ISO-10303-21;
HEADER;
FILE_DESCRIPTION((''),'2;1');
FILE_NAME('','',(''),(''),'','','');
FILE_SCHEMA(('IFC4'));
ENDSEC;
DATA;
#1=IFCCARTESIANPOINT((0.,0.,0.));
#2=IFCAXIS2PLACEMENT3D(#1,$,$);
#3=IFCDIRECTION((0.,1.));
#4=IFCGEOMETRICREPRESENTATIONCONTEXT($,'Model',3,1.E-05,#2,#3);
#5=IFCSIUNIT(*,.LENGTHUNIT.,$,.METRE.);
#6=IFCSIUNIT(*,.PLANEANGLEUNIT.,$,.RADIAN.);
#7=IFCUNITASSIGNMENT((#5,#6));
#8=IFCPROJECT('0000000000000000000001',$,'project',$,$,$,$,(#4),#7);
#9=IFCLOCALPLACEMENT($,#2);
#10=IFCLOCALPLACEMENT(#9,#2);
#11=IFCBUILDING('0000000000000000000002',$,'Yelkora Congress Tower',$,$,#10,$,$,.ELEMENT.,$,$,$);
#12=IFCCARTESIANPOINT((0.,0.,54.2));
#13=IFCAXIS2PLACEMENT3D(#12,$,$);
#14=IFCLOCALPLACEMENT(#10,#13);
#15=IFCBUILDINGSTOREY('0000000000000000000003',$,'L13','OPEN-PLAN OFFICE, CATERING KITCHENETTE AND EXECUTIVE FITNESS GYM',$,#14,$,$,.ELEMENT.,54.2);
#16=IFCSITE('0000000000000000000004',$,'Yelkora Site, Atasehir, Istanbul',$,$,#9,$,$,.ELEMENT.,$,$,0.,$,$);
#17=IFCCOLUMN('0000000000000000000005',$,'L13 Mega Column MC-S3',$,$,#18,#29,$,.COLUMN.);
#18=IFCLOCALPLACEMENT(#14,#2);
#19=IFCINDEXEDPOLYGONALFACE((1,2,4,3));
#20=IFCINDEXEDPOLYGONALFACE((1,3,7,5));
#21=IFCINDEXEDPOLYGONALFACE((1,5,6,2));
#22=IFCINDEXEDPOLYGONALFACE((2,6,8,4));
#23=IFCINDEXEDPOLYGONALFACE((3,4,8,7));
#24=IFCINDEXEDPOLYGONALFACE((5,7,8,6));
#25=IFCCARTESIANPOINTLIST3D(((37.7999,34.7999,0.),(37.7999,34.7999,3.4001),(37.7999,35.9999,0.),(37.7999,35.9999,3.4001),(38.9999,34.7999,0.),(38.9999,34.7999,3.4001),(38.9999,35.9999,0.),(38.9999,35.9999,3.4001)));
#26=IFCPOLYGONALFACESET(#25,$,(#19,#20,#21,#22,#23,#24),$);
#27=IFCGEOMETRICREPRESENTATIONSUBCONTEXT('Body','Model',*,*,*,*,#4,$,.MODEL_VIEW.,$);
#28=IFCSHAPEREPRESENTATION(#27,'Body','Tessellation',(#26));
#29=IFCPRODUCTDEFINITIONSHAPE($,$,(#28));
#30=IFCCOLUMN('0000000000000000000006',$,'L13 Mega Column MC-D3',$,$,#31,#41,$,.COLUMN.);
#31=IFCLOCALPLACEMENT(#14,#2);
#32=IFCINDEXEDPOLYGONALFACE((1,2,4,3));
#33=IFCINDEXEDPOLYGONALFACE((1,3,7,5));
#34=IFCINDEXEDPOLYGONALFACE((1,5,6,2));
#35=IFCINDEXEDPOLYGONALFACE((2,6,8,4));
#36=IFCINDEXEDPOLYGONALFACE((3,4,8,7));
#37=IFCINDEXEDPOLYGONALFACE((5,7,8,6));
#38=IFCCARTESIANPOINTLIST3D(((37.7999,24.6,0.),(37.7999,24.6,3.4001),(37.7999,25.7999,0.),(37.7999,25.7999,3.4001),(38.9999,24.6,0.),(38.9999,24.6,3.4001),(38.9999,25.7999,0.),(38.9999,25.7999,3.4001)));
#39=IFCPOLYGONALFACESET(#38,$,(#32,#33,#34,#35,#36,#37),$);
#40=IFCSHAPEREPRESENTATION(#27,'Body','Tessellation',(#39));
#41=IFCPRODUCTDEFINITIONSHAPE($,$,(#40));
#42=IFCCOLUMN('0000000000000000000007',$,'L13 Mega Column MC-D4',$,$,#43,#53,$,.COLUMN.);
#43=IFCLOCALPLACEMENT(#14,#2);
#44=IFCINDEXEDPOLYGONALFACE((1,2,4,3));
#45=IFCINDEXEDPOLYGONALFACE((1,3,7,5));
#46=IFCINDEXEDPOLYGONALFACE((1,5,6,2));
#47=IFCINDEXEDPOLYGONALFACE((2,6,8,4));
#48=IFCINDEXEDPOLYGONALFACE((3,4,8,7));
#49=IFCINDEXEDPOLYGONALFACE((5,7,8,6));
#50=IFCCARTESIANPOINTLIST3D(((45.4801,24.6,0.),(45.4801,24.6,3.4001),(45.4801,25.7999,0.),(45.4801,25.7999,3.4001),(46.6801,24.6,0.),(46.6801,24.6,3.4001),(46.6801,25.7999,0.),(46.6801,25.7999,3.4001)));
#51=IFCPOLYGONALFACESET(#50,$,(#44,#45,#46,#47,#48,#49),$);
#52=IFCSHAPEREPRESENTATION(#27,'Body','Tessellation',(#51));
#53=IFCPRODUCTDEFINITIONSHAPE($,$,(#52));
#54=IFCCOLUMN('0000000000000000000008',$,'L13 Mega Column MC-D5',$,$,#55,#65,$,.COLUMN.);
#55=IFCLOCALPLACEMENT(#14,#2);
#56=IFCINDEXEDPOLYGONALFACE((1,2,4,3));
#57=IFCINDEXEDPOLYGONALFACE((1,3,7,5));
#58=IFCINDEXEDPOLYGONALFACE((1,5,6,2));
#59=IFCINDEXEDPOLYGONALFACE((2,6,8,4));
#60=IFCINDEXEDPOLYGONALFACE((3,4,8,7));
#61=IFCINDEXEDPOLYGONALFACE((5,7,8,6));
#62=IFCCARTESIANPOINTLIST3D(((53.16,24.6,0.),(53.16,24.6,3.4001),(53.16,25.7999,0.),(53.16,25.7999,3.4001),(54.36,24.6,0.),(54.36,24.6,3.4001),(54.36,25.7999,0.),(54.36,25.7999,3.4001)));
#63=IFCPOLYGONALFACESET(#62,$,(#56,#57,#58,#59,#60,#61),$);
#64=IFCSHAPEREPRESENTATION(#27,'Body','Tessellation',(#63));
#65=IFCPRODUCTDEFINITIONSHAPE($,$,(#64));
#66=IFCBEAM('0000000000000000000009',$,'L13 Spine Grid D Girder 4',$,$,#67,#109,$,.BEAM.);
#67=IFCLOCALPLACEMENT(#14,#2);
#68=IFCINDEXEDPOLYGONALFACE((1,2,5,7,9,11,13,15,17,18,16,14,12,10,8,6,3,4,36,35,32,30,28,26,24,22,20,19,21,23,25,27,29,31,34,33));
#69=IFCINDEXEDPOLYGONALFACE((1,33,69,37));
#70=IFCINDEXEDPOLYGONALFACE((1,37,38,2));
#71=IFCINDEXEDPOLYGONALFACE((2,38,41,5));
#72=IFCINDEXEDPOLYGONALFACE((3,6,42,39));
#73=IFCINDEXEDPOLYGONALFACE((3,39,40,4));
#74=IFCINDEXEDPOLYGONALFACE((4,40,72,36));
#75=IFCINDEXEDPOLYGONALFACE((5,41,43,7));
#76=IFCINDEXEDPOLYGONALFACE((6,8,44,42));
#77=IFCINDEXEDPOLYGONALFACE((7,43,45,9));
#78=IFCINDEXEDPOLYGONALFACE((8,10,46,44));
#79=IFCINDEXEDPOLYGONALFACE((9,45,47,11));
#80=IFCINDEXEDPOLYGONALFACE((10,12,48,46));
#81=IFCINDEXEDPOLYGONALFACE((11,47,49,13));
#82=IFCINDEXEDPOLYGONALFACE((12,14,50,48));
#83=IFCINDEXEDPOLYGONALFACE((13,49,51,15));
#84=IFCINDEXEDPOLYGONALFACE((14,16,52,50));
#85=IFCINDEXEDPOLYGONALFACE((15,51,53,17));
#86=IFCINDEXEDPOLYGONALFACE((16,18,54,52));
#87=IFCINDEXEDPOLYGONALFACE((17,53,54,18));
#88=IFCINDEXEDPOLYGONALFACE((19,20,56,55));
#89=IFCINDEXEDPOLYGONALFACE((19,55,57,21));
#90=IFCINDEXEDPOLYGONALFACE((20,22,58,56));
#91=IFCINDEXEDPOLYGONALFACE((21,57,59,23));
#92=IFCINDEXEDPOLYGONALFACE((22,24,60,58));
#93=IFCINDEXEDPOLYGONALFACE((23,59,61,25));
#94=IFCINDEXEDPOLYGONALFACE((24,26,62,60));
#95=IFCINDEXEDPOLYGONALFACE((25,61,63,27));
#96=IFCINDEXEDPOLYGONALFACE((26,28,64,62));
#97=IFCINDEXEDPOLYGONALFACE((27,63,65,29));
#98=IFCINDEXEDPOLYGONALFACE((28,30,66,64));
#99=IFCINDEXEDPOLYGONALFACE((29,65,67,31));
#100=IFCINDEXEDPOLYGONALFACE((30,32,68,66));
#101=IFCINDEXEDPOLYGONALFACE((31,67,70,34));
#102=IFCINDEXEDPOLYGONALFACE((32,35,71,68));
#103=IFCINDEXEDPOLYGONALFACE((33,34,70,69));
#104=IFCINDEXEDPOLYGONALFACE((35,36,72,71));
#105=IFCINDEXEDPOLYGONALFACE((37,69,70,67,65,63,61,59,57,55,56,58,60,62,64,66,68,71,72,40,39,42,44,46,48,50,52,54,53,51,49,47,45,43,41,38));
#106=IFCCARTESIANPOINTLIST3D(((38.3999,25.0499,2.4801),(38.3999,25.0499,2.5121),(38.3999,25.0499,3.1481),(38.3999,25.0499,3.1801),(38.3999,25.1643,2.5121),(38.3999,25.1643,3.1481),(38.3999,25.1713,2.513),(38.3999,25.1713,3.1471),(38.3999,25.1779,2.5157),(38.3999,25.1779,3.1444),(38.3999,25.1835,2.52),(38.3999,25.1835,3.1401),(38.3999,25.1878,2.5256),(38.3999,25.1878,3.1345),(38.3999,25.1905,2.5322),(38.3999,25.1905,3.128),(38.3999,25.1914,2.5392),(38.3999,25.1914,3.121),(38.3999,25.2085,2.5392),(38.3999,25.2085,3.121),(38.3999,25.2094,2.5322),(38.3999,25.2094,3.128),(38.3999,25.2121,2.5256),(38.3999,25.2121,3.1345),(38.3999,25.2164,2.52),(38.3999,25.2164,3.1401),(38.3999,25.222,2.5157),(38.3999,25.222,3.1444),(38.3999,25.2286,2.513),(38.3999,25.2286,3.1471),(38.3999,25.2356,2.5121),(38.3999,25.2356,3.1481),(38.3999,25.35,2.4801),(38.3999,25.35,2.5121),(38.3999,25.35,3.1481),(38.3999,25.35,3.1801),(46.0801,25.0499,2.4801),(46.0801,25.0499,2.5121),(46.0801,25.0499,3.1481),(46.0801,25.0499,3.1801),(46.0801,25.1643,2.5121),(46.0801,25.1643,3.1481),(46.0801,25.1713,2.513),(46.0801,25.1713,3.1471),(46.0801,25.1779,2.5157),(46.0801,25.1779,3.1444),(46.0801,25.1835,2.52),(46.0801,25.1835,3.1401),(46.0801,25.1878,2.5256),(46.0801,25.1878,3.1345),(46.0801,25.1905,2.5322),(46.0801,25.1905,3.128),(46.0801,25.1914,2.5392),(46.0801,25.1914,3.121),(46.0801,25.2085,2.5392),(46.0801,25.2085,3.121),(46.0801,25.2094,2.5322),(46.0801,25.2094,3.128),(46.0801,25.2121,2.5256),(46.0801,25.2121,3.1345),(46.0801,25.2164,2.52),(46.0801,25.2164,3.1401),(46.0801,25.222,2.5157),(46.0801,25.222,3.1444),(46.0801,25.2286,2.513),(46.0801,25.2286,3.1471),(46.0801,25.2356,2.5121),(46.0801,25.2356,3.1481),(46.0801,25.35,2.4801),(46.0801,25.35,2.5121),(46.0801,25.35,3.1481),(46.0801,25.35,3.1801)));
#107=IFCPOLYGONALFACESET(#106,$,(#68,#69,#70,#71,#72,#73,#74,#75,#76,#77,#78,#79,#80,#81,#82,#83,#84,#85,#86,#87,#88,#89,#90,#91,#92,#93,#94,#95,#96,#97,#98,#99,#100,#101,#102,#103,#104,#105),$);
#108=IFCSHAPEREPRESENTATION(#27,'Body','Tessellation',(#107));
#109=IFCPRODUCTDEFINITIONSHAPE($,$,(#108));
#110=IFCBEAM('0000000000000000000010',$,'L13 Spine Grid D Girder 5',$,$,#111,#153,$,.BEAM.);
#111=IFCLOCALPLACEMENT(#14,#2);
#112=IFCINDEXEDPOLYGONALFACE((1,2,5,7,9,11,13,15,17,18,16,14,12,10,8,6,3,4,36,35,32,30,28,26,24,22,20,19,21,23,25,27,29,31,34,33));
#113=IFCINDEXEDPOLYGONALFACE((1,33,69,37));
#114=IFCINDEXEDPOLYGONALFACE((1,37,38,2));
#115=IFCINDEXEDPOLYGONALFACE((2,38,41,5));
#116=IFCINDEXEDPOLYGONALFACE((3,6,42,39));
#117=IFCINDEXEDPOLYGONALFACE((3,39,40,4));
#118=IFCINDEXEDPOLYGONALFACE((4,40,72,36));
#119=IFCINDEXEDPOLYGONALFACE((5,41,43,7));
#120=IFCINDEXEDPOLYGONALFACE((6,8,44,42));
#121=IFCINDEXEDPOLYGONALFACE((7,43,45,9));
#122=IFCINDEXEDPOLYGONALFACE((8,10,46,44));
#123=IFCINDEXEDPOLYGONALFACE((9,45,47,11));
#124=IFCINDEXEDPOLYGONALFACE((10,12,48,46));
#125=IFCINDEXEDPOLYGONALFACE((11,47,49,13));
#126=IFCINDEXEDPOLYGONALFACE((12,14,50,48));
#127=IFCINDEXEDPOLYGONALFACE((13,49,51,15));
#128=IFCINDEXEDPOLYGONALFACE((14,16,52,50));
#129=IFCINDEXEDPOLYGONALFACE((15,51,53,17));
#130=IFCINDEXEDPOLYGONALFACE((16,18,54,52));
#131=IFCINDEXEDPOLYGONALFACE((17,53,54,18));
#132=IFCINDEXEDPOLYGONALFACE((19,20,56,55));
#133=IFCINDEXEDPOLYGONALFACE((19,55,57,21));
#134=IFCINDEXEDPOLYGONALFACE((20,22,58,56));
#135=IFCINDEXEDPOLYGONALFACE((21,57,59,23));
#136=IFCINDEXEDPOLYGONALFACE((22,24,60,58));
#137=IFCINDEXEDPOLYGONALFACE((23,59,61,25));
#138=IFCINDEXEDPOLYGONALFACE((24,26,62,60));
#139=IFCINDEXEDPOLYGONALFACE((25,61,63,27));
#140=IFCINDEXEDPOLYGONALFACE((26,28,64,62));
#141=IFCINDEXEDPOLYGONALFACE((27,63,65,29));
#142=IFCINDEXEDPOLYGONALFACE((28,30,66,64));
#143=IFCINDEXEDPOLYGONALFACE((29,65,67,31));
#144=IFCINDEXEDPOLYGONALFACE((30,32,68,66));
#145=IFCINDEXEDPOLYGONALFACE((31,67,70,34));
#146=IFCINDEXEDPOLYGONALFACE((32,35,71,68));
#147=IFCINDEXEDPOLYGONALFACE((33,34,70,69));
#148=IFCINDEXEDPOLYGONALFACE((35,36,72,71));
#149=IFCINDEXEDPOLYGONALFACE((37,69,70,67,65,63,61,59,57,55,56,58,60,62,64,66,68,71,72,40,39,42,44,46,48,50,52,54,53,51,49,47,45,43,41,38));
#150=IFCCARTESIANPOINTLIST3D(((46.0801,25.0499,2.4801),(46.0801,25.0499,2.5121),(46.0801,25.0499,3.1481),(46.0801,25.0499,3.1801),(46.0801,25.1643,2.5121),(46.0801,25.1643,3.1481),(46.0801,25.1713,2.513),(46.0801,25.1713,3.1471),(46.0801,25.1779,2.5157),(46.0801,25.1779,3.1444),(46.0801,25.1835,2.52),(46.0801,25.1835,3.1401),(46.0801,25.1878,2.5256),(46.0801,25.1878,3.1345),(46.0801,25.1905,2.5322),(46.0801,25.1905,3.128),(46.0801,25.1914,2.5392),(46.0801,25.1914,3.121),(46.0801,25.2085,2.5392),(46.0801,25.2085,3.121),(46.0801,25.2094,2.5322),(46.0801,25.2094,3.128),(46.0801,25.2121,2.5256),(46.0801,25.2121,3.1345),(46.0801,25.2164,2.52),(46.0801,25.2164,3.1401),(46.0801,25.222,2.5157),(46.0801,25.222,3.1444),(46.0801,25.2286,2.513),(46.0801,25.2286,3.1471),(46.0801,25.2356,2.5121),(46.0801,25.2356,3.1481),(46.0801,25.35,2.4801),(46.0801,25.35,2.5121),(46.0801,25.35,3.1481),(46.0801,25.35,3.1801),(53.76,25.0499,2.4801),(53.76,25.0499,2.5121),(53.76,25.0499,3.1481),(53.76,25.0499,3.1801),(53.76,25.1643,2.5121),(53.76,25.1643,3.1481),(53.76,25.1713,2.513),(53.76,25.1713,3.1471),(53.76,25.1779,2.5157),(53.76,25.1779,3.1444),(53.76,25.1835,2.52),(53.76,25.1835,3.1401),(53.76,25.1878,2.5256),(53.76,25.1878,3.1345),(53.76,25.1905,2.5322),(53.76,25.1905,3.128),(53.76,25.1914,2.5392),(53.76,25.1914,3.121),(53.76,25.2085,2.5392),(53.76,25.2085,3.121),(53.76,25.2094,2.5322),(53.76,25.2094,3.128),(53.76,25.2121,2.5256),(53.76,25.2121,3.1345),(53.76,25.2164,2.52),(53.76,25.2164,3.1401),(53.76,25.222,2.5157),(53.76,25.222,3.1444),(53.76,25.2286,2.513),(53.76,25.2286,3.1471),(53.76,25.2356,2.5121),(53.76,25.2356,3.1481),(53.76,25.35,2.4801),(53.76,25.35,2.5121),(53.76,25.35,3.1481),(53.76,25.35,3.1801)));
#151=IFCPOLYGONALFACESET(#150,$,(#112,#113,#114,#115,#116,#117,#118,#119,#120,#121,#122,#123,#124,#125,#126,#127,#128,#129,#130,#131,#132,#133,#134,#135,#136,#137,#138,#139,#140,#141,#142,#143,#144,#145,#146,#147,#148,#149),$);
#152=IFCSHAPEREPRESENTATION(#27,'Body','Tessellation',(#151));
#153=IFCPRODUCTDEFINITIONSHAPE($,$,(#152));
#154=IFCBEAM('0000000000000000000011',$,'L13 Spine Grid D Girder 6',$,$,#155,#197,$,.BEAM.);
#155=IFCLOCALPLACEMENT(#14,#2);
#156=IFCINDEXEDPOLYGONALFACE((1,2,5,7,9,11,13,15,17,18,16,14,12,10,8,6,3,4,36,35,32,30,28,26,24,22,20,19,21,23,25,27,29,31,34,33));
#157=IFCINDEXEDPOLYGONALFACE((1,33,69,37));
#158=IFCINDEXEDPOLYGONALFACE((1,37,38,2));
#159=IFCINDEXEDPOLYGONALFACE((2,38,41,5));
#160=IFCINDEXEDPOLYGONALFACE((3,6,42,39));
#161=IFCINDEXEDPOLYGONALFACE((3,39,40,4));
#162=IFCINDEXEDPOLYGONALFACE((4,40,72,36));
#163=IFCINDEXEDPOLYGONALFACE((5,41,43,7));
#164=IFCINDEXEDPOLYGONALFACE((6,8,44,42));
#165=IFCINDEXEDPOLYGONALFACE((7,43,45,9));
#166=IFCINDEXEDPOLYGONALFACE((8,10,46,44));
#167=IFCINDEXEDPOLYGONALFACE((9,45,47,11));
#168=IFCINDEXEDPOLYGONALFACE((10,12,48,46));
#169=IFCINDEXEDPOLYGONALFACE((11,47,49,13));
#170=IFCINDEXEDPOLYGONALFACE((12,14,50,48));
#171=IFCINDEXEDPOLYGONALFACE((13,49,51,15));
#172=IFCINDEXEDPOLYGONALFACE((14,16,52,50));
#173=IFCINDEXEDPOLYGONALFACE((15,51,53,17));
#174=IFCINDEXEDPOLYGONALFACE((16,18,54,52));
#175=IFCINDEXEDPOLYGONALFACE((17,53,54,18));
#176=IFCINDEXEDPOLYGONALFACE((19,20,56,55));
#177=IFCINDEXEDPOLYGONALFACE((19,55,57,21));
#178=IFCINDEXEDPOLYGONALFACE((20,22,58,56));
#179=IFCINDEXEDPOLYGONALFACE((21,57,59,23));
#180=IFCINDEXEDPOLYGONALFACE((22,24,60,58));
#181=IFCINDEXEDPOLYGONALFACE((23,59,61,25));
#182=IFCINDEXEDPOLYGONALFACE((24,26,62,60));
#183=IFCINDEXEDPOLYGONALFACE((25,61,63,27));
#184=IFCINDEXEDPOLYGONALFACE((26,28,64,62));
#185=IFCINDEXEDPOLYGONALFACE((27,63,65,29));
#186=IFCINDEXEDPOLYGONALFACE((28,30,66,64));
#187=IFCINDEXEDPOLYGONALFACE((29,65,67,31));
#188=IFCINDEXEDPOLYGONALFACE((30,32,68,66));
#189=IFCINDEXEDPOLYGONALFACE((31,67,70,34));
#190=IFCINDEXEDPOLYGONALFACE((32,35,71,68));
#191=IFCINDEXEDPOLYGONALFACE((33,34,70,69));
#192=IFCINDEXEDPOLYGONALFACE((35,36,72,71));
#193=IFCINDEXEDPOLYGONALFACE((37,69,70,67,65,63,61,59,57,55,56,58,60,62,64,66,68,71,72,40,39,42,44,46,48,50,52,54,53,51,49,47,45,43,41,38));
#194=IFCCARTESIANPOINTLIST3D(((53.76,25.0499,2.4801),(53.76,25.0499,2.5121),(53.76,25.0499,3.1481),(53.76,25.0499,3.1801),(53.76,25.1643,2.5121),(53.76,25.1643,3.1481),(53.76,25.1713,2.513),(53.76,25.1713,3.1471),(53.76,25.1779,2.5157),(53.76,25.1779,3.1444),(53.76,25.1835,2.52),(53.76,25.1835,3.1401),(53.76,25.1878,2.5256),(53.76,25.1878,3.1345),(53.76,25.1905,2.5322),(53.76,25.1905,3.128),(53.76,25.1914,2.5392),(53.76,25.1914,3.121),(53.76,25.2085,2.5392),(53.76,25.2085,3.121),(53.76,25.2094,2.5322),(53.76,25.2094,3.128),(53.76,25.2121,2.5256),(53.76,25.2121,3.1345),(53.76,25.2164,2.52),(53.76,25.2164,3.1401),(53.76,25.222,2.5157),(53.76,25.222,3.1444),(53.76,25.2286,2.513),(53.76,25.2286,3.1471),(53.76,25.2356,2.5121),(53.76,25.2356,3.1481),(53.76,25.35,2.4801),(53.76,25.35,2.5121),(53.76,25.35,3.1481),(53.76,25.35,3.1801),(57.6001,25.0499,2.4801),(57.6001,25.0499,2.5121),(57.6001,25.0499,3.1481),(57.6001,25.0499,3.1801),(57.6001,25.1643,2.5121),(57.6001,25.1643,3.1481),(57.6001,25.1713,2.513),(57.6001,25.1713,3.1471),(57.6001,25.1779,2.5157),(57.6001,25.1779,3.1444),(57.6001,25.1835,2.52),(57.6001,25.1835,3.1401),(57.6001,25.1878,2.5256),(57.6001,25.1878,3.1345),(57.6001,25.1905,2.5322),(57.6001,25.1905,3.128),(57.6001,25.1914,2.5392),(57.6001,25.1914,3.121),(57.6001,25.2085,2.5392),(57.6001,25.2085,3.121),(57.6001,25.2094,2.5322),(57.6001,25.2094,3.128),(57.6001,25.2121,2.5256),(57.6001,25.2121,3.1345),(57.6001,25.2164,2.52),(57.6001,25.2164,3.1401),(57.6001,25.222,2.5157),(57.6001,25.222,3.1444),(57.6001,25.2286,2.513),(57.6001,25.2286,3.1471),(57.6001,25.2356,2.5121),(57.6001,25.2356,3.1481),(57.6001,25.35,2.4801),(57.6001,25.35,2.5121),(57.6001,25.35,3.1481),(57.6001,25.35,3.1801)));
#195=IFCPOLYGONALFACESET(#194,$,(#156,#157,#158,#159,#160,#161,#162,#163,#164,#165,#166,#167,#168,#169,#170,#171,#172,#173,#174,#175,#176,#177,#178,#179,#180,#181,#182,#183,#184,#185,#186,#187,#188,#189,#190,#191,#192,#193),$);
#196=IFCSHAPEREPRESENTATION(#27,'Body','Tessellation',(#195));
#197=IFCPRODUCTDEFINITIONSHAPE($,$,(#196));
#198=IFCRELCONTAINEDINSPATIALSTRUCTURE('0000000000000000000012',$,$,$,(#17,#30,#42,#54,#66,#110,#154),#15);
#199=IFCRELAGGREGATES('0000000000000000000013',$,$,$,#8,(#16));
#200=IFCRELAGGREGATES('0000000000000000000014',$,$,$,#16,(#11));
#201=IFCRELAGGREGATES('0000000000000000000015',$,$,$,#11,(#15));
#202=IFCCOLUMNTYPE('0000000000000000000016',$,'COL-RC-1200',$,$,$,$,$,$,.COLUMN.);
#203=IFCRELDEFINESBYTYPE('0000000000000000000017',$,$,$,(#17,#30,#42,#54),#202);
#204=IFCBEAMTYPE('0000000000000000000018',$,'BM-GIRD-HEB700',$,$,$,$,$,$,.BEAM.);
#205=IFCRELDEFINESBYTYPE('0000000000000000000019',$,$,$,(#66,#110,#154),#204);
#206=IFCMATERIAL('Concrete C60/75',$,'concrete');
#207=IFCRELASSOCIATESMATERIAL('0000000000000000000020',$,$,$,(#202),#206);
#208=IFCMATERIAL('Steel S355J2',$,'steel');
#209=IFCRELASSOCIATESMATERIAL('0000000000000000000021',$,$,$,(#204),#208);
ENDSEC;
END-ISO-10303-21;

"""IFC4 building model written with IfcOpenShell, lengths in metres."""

from ifc_helpers import new_model, si_unit, direction, frame, origin, origin_2d, place, context, subcontext, project, spatial, rectangle, i_section, extrude, material, material_profile, profile_set, type_object, element, save


model = new_model("IFC4")

# Units and contexts
model_context = context("Model", 3, precision=1e-05, world=origin(), true_north=direction((0.0, 1.0)))
body_context = subcontext(model_context, "Body", "Model", "MODEL_VIEW")
ifc_project = project(units=[si_unit("LENGTHUNIT", "METRE"), si_unit("PLANEANGLEUNIT", "RADIAN")], contexts=[model_context])

# Site, building, storey
site_placement = place(None, origin())
site = spatial("IfcSite", under=ifc_project, at=site_placement, Name="Yelkora Site, Atasehir, Istanbul", CompositionType="ELEMENT", RefElevation=0.0)
building_placement = place(site_placement, origin())
building = spatial("IfcBuilding", under=site, at=building_placement, Name="Yelkora Congress Tower", CompositionType="ELEMENT")
storey_placement = place(building_placement, frame((0.0, 0.0, 54.2)))
storey = spatial("IfcBuildingStorey", under=building, at=storey_placement, Name="L13", Description="OPEN-PLAN OFFICE, CATERING KITCHENETTE AND EXECUTIVE FITNESS GYM", CompositionType="ELEMENT", Elevation=54.2)

# Columns
ifc_material_1 = material(Name="Concrete C60/75", Category="concrete")
ifc_material_profile_1 = material_profile(ifc_material_1, rectangle(XDim=1.2, YDim=1.2, at=origin_2d()), Name="RC 1200x1200")
ifc_profile_set_1 = profile_set([ifc_material_profile_1], Name="Concrete C60/75")
column_type = type_object("IfcColumnType", Name="COL-RC-1200", PredefinedType="COLUMN", material=ifc_profile_set_1)
for number, where, z_axis, x_axis, name in (
    (1, (38.3999, 35.3999, 0.0), (0.0, 0.0, 1.0), (1.0, 0.0, 0.0), "L13 Mega Column MC-S3"),
    (2, (38.3999, 25.2, 0.0), (0.0, 0.0, 1.0), (1.0, 0.0, 0.0), "L13 Mega Column MC-D3"),
    (3, (46.0801, 25.2, 0.0), (0.0, 0.0, 1.0), (1.0, 0.0, 0.0), "L13 Mega Column MC-D4"),
    (4, (53.76, 25.2, 0.0), (0.0, 0.0, 1.0), (1.0, 0.0, 0.0), "L13 Mega Column MC-D5"),
):
    element("IfcColumn", number, at=place(storey_placement, frame(where, z_axis=z_axis, x_axis=x_axis)), inside=storey, type_object=column_type, Name=name, PredefinedType="COLUMN", context=body_context, shape_type="SweptSolid", body=[
        extrude(rectangle(XDim=1.2, YDim=1.2, at=origin_2d()), origin(), (0.0, 0.0, 1.0), 3.4001),
    ])

# Beams
ifc_material_2 = material(Name="Steel S355J2", Category="steel")
ifc_material_profile_2 = material_profile(ifc_material_2, i_section(OverallWidth=0.3, OverallDepth=0.7, WebThickness=0.0171, FlangeThickness=0.032, FilletRadius=0.0271, at=origin_2d()), Name="HEB 700")
ifc_profile_set_2 = profile_set([ifc_material_profile_2], Name="Steel S355J2")
beam_type_1 = type_object("IfcBeamType", Name="BM-GIRD-HEB700", PredefinedType="BEAM", material=ifc_profile_set_2)
beam_1_placement = place(storey_placement, frame((38.3999, 25.2, 2.8301), z_axis=(1.0, 0.0, 0.0), x_axis=(0.0, 1.0, 0.0)))
element("IfcBeam", 5, at=beam_1_placement, inside=storey, type_object=beam_type_1, Name="L13 Spine Grid D Girder 4", PredefinedType="BEAM", context=body_context, shape_type="SweptSolid", body=[
    extrude(i_section(OverallWidth=0.3, OverallDepth=0.7, WebThickness=0.0171, FlangeThickness=0.032, FilletRadius=0.0271, at=origin_2d()), origin(), (0.0, 0.0, 1.0), 7.6802),
])
beam_2_placement = place(storey_placement, frame((46.0801, 25.2, 2.8301), z_axis=(1.0, 0.0, 0.0), x_axis=(0.0, 1.0, 0.0)))
element("IfcBeam", 6, at=beam_2_placement, inside=storey, type_object=beam_type_1, Name="L13 Spine Grid D Girder 5", PredefinedType="BEAM", context=body_context, shape_type="SweptSolid", body=[
    extrude(i_section(OverallWidth=0.3, OverallDepth=0.7, WebThickness=0.0171, FlangeThickness=0.032, FilletRadius=0.0271, at=origin_2d()), origin(), (0.0, 0.0, 1.0), 7.6799),
])
beam_3_placement = place(storey_placement, frame((53.76, 25.2, 2.8301), z_axis=(1.0, 0.0, 0.0), x_axis=(0.0, 1.0, 0.0)))
element("IfcBeam", 7, at=beam_3_placement, inside=storey, type_object=beam_type_1, Name="L13 Spine Grid D Girder 6", PredefinedType="BEAM", context=body_context, shape_type="SweptSolid", body=[
    extrude(i_section(OverallWidth=0.3, OverallDepth=0.7, WebThickness=0.0171, FlangeThickness=0.032, FilletRadius=0.0271, at=origin_2d()), origin(), (0.0, 0.0, 1.0), 3.8401),
])

save(model, "model.ifc")
